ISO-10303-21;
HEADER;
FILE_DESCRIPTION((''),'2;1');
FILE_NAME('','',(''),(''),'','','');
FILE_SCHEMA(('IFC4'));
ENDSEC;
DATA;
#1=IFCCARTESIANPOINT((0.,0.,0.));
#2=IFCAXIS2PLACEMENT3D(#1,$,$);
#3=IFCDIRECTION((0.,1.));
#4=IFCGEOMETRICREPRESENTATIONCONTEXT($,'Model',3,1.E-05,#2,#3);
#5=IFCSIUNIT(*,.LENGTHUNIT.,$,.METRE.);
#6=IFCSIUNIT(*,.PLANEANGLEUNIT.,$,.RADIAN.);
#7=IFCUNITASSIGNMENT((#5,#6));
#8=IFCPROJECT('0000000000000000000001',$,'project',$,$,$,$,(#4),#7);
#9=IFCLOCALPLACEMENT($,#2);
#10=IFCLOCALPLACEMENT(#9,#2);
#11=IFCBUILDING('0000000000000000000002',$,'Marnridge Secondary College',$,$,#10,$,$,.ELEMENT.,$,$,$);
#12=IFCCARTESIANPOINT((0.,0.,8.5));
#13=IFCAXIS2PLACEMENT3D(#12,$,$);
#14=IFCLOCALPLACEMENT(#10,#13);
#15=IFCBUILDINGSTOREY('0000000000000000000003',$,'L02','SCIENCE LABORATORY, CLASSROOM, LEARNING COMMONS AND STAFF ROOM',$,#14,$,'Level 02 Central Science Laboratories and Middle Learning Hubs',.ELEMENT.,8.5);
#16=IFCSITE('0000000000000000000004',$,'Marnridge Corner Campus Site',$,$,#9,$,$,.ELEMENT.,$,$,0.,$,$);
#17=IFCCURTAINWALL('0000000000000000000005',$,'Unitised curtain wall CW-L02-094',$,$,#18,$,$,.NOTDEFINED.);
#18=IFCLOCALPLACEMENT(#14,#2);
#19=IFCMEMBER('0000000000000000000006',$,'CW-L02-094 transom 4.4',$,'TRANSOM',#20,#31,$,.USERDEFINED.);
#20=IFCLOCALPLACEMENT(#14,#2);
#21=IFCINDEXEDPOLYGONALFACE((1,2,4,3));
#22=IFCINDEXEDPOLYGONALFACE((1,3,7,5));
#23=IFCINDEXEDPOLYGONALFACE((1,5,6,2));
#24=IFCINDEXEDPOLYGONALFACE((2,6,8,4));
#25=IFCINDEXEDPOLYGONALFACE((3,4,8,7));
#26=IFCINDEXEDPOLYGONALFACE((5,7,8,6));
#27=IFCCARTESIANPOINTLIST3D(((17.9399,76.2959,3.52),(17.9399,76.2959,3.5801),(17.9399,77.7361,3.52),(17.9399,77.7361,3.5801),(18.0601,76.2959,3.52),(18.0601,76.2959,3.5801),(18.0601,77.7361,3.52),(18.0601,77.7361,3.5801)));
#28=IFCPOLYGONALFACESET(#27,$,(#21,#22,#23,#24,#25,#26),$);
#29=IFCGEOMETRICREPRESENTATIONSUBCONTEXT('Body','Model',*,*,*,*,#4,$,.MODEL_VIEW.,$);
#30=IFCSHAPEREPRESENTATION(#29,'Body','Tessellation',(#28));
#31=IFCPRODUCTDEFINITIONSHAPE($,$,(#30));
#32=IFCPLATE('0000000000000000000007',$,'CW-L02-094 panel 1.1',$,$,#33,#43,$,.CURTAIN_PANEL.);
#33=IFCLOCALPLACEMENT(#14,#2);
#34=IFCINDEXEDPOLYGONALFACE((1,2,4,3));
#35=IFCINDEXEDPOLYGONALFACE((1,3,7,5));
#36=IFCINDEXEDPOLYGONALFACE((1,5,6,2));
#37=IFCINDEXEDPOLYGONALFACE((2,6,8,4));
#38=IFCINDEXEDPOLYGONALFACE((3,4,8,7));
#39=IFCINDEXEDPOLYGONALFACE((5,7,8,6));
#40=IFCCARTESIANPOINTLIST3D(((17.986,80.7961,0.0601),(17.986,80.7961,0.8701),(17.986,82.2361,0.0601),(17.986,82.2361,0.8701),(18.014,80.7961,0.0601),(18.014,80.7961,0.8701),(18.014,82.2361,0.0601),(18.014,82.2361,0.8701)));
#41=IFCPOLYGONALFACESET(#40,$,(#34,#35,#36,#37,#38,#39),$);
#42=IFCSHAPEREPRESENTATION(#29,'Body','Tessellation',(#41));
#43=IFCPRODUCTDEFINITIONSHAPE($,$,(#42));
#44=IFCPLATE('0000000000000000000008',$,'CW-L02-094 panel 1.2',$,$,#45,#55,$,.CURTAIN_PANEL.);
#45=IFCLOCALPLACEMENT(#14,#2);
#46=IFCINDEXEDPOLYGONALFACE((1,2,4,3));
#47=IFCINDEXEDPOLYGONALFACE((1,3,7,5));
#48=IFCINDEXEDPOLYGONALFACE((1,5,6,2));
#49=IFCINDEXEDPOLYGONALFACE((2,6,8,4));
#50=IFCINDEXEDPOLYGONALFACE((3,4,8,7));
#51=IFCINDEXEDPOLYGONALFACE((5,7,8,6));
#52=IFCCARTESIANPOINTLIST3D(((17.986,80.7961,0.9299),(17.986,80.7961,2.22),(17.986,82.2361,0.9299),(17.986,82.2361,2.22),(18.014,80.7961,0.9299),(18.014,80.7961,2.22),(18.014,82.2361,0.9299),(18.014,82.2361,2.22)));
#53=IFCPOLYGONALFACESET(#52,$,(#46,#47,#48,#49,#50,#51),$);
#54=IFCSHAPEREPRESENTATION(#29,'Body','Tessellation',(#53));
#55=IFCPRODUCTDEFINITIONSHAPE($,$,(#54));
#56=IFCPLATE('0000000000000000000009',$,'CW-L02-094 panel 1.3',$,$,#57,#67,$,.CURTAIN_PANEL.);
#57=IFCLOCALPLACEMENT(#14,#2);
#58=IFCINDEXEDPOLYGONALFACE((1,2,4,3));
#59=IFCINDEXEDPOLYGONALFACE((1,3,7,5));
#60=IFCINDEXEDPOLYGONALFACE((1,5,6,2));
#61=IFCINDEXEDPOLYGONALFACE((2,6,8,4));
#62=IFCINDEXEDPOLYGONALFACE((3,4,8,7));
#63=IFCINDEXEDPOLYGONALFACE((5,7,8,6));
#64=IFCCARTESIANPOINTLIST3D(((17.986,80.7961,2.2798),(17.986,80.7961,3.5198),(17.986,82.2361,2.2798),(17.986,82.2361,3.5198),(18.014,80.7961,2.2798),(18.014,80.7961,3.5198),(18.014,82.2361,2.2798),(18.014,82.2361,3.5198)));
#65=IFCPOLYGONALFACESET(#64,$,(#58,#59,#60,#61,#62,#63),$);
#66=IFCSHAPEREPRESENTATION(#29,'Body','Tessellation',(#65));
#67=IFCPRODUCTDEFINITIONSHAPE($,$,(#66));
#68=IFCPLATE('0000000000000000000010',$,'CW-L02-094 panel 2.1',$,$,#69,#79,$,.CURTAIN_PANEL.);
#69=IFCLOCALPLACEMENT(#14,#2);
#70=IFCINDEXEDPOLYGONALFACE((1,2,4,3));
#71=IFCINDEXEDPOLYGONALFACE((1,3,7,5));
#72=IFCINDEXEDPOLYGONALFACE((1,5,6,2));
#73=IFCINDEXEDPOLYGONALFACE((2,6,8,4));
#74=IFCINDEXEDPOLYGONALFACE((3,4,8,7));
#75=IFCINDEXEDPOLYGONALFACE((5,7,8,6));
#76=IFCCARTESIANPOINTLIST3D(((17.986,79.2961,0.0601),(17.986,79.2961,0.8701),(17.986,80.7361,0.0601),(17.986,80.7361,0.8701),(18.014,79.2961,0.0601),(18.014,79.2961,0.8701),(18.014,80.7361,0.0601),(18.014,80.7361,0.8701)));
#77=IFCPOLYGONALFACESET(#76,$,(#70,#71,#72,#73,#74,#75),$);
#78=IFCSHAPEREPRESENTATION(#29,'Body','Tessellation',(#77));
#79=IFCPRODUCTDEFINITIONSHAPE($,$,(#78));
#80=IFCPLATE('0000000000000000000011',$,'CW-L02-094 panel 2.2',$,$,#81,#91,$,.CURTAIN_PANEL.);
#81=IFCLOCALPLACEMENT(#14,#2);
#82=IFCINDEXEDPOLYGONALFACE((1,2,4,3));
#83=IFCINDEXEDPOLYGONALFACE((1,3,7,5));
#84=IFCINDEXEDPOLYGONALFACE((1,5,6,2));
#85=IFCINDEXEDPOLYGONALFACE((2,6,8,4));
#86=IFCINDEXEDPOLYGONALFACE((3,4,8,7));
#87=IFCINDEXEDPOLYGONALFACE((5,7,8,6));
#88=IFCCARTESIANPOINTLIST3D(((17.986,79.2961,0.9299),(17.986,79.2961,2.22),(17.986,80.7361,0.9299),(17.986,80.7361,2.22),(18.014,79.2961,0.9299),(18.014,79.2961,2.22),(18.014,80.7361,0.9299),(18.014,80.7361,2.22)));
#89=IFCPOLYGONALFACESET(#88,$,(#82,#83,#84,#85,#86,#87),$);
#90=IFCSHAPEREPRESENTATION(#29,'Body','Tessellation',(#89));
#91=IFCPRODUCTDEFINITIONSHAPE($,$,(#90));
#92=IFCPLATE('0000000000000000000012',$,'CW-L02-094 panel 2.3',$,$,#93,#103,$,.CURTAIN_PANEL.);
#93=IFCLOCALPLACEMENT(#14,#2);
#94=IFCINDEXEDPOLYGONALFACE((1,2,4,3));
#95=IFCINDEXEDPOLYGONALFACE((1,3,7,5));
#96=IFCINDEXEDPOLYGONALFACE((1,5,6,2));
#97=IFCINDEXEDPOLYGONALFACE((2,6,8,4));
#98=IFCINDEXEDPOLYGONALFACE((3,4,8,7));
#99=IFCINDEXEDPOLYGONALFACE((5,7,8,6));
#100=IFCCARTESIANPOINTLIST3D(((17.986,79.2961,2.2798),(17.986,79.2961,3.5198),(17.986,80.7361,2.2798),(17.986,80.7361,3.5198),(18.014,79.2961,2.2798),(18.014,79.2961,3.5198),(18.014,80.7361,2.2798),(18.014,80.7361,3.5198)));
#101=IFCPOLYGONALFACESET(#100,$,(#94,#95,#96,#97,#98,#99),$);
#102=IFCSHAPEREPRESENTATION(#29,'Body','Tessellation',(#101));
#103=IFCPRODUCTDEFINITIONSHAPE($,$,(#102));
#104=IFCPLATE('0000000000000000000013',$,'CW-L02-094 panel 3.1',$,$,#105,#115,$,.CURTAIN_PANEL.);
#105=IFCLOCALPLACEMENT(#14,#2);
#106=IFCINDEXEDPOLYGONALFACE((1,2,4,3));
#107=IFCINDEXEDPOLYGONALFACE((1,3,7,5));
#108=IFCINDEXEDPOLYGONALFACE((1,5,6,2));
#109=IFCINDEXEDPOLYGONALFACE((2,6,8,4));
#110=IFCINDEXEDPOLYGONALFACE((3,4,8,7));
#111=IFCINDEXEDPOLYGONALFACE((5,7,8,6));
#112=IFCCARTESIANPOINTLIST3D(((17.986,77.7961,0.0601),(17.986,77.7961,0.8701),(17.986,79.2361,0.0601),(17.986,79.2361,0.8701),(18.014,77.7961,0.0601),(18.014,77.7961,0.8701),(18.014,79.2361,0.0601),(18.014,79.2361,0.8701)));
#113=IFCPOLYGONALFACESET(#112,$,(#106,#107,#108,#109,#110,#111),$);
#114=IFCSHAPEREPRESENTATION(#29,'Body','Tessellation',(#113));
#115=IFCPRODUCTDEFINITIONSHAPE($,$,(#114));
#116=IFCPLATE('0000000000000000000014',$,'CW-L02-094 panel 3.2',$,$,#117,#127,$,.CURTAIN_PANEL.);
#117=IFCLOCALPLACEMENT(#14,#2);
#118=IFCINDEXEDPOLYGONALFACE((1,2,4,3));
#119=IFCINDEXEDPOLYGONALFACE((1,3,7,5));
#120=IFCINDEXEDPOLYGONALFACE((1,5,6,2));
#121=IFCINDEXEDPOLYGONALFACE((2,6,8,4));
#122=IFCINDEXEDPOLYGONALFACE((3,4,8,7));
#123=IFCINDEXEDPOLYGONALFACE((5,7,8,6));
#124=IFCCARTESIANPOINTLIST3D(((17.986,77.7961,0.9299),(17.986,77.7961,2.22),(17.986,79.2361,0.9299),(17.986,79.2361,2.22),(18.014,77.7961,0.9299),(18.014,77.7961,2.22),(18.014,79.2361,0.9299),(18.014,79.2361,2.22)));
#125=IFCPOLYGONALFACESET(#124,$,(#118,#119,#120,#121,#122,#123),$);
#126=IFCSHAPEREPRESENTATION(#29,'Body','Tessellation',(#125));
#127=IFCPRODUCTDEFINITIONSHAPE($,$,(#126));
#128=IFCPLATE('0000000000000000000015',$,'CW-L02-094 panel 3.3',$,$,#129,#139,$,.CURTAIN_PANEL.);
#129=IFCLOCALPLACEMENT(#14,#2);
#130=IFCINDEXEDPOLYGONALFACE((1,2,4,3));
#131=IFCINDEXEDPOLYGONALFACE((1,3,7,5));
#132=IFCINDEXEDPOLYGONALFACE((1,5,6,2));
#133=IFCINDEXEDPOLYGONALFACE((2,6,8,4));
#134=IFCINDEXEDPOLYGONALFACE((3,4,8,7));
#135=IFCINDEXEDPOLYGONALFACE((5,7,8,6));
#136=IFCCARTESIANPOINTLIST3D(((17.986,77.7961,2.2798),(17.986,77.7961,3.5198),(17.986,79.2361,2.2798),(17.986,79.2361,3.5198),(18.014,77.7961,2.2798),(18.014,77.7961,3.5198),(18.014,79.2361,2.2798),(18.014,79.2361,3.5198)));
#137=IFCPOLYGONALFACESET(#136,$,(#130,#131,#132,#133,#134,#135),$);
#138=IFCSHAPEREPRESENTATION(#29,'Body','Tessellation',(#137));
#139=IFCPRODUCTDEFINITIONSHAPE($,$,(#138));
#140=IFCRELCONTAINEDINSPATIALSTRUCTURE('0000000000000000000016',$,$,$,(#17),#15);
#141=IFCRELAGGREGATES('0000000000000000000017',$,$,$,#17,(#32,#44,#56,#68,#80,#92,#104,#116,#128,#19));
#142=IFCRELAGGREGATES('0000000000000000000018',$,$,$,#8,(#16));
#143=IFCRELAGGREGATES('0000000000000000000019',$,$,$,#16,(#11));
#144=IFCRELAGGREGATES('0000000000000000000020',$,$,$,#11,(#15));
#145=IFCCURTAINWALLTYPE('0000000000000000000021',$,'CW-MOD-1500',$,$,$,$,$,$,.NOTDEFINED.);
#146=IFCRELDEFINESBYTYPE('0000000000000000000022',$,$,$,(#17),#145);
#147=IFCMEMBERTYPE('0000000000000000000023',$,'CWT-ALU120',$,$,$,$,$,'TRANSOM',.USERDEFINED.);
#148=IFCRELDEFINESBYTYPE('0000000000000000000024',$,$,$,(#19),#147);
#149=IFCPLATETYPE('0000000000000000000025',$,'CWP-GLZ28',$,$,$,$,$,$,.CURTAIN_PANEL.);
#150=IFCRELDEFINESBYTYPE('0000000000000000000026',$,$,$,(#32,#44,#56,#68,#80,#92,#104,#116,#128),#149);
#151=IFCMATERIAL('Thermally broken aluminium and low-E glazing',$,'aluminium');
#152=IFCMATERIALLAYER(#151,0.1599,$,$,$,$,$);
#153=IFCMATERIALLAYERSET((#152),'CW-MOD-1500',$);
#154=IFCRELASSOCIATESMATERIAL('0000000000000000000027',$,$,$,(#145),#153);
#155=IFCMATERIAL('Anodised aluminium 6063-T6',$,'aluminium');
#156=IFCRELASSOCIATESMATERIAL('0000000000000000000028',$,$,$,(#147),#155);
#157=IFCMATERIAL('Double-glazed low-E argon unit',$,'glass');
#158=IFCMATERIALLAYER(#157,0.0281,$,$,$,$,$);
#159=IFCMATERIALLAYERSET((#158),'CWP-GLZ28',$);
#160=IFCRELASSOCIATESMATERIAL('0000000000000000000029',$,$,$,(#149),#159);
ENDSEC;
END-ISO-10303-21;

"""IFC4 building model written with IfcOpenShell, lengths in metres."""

from ifc_helpers import new_model, si_unit, direction, frame, origin, origin_2d, place, context, subcontext, project, spatial, rectangle, extrude, material, layer, layer_set, material_profile, profile_set, type_object, element, aggregate, save


model = new_model("IFC4")

# Units and contexts
model_context = context("Model", 3, precision=1e-05, world=origin(), true_north=direction((0.0, 1.0)))
body_context = subcontext(model_context, "Body", "Model", "MODEL_VIEW")
ifc_project = project(units=[si_unit("LENGTHUNIT", "METRE"), si_unit("PLANEANGLEUNIT", "RADIAN")], contexts=[model_context])

# Site, building, storey
site_placement = place(None, origin())
site = spatial("IfcSite", under=ifc_project, at=site_placement, Name="Marnridge Corner Campus Site", CompositionType="ELEMENT", RefElevation=0.0)
building_placement = place(site_placement, origin())
building = spatial("IfcBuilding", under=site, at=building_placement, Name="Marnridge Secondary College", CompositionType="ELEMENT")
storey_placement = place(building_placement, frame((0.0, 0.0, 8.5)))
storey = spatial("IfcBuildingStorey", under=building, at=storey_placement, Name="L02", Description="SCIENCE LABORATORY, CLASSROOM, LEARNING COMMONS AND STAFF ROOM", LongName="Level 02 Central Science Laboratories and Middle Learning Hubs", CompositionType="ELEMENT", Elevation=8.5)

# Curtain wall, member, plates
ifc_material_1 = material(Name="Thermally broken aluminium and low-E glazing", Category="aluminium")
ifc_layer_1 = layer(ifc_material_1, 0.1599)
ifc_layer_set_1 = layer_set([ifc_layer_1], Name="CW-MOD-1500")
curtain_wall_type = type_object("IfcCurtainWallType", Name="CW-MOD-1500", PredefinedType="NOTDEFINED", material=ifc_layer_set_1)
curtain_wall_placement = place(storey_placement, origin())
curtain_wall = element("IfcCurtainWall", 1, at=curtain_wall_placement, inside=storey, type_object=curtain_wall_type, Name="Unitised curtain wall CW-L02-094", PredefinedType="NOTDEFINED")
ifc_material_2 = material(Name="Anodised aluminium 6063-T6", Category="aluminium")
ifc_material_profile_1 = material_profile(ifc_material_2, rectangle(XDim=0.0601, YDim=0.1201, at=origin_2d()), Name="ALU 60x120")
ifc_profile_set_1 = profile_set([ifc_material_profile_1], Name="Anodised aluminium 6063-T6")
member_type_1 = type_object("IfcMemberType", Name="CWT-ALU120", ElementType="TRANSOM", PredefinedType="USERDEFINED", material=ifc_profile_set_1)
member_1_placement = place(storey_placement, frame((18.0, 77.7361, 3.55), z_axis=(0.0, -1.0, 0.0), x_axis=(0.0, 0.0, 1.0)))
member_1 = element("IfcMember", 2, at=member_1_placement, type_object=member_type_1, Name="CW-L02-094 transom 4.4", ObjectType="TRANSOM", PredefinedType="USERDEFINED", context=body_context, shape_type="SweptSolid", body=[
    extrude(rectangle(XDim=0.0601, YDim=0.1201, at=origin_2d()), origin(), (0.0, 0.0, 1.0), 1.4402),
])
ifc_material_3 = material(Name="Double-glazed low-E argon unit", Category="glass")
ifc_layer_2 = layer(ifc_material_3, 0.0281)
ifc_layer_set_2 = layer_set([ifc_layer_2], Name="CWP-GLZ28")
plate_type = type_object("IfcPlateType", Name="CWP-GLZ28", PredefinedType="CURTAIN_PANEL", material=ifc_layer_set_2)
plate_1_placement = place(storey_placement, frame((18.0, 81.5161, 0.0601), z_axis=(0.0, 0.0, 1.0), x_axis=(0.0, -1.0, 0.0)))
plate_1 = element("IfcPlate", 3, at=plate_1_placement, type_object=plate_type, Name="CW-L02-094 panel 1.1", PredefinedType="CURTAIN_PANEL", context=body_context, shape_type="SweptSolid", body=[
    extrude(rectangle(XDim=1.4399, YDim=0.0281, at=origin_2d()), origin(), (0.0, 0.0, 1.0), 0.8101),
])
plate_2_placement = place(storey_placement, frame((18.0, 81.5161, 0.9299), z_axis=(0.0, 0.0, 1.0), x_axis=(0.0, -1.0, 0.0)))
plate_2 = element("IfcPlate", 4, at=plate_2_placement, type_object=plate_type, Name="CW-L02-094 panel 1.2", PredefinedType="CURTAIN_PANEL", context=body_context, shape_type="SweptSolid", body=[
    extrude(rectangle(XDim=1.4399, YDim=0.0281, at=origin_2d()), origin(), (0.0, 0.0, 1.0), 1.29),
])
plate_3_placement = place(storey_placement, frame((18.0, 81.5161, 2.2798), z_axis=(0.0, 0.0, 1.0), x_axis=(0.0, -1.0, 0.0)))
plate_3 = element("IfcPlate", 5, at=plate_3_placement, type_object=plate_type, Name="CW-L02-094 panel 1.3", PredefinedType="CURTAIN_PANEL", context=body_context, shape_type="SweptSolid", body=[
    extrude(rectangle(XDim=1.4399, YDim=0.0281, at=origin_2d()), origin(), (0.0, 0.0, 1.0), 1.24),
])
plate_4_placement = place(storey_placement, frame((18.0, 80.0161, 0.0601), z_axis=(0.0, 0.0, 1.0), x_axis=(0.0, -1.0, 0.0)))
plate_4 = element("IfcPlate", 6, at=plate_4_placement, type_object=plate_type, Name="CW-L02-094 panel 2.1", PredefinedType="CURTAIN_PANEL", context=body_context, shape_type="SweptSolid", body=[
    extrude(rectangle(XDim=1.4399, YDim=0.0281, at=origin_2d()), origin(), (0.0, 0.0, 1.0), 0.8101),
])
plate_5_placement = place(storey_placement, frame((18.0, 80.0161, 0.9299), z_axis=(0.0, 0.0, 1.0), x_axis=(0.0, -1.0, 0.0)))
plate_5 = element("IfcPlate", 7, at=plate_5_placement, type_object=plate_type, Name="CW-L02-094 panel 2.2", PredefinedType="CURTAIN_PANEL", context=body_context, shape_type="SweptSolid", body=[
    extrude(rectangle(XDim=1.4399, YDim=0.0281, at=origin_2d()), origin(), (0.0, 0.0, 1.0), 1.29),
])
plate_6_placement = place(storey_placement, frame((18.0, 80.0161, 2.2798), z_axis=(0.0, 0.0, 1.0), x_axis=(0.0, -1.0, 0.0)))
plate_6 = element("IfcPlate", 8, at=plate_6_placement, type_object=plate_type, Name="CW-L02-094 panel 2.3", PredefinedType="CURTAIN_PANEL", context=body_context, shape_type="SweptSolid", body=[
    extrude(rectangle(XDim=1.4399, YDim=0.0281, at=origin_2d()), origin(), (0.0, 0.0, 1.0), 1.24),
])
plate_7_placement = place(storey_placement, frame((18.0, 78.5161, 0.0601), z_axis=(0.0, 0.0, 1.0), x_axis=(0.0, -1.0, 0.0)))
plate_7 = element("IfcPlate", 9, at=plate_7_placement, type_object=plate_type, Name="CW-L02-094 panel 3.1", PredefinedType="CURTAIN_PANEL", context=body_context, shape_type="SweptSolid", body=[
    extrude(rectangle(XDim=1.4399, YDim=0.0281, at=origin_2d()), origin(), (0.0, 0.0, 1.0), 0.8101),
])
plate_8_placement = place(storey_placement, frame((18.0, 78.5161, 0.9299), z_axis=(0.0, 0.0, 1.0), x_axis=(0.0, -1.0, 0.0)))
plate_8 = element("IfcPlate", 10, at=plate_8_placement, type_object=plate_type, Name="CW-L02-094 panel 3.2", PredefinedType="CURTAIN_PANEL", context=body_context, shape_type="SweptSolid", body=[
    extrude(rectangle(XDim=1.4399, YDim=0.0281, at=origin_2d()), origin(), (0.0, 0.0, 1.0), 1.29),
])
plate_9_placement = place(storey_placement, frame((18.0, 78.5161, 2.2798), z_axis=(0.0, 0.0, 1.0), x_axis=(0.0, -1.0, 0.0)))
plate_9 = element("IfcPlate", 11, at=plate_9_placement, type_object=plate_type, Name="CW-L02-094 panel 3.3", PredefinedType="CURTAIN_PANEL", context=body_context, shape_type="SweptSolid", body=[
    extrude(rectangle(XDim=1.4399, YDim=0.0281, at=origin_2d()), origin(), (0.0, 0.0, 1.0), 1.24),
])
aggregate(curtain_wall, [plate_1, plate_2, plate_3, plate_4, plate_5, plate_6, plate_7, plate_8, plate_9, member_1])

save(model, "model.ifc")
